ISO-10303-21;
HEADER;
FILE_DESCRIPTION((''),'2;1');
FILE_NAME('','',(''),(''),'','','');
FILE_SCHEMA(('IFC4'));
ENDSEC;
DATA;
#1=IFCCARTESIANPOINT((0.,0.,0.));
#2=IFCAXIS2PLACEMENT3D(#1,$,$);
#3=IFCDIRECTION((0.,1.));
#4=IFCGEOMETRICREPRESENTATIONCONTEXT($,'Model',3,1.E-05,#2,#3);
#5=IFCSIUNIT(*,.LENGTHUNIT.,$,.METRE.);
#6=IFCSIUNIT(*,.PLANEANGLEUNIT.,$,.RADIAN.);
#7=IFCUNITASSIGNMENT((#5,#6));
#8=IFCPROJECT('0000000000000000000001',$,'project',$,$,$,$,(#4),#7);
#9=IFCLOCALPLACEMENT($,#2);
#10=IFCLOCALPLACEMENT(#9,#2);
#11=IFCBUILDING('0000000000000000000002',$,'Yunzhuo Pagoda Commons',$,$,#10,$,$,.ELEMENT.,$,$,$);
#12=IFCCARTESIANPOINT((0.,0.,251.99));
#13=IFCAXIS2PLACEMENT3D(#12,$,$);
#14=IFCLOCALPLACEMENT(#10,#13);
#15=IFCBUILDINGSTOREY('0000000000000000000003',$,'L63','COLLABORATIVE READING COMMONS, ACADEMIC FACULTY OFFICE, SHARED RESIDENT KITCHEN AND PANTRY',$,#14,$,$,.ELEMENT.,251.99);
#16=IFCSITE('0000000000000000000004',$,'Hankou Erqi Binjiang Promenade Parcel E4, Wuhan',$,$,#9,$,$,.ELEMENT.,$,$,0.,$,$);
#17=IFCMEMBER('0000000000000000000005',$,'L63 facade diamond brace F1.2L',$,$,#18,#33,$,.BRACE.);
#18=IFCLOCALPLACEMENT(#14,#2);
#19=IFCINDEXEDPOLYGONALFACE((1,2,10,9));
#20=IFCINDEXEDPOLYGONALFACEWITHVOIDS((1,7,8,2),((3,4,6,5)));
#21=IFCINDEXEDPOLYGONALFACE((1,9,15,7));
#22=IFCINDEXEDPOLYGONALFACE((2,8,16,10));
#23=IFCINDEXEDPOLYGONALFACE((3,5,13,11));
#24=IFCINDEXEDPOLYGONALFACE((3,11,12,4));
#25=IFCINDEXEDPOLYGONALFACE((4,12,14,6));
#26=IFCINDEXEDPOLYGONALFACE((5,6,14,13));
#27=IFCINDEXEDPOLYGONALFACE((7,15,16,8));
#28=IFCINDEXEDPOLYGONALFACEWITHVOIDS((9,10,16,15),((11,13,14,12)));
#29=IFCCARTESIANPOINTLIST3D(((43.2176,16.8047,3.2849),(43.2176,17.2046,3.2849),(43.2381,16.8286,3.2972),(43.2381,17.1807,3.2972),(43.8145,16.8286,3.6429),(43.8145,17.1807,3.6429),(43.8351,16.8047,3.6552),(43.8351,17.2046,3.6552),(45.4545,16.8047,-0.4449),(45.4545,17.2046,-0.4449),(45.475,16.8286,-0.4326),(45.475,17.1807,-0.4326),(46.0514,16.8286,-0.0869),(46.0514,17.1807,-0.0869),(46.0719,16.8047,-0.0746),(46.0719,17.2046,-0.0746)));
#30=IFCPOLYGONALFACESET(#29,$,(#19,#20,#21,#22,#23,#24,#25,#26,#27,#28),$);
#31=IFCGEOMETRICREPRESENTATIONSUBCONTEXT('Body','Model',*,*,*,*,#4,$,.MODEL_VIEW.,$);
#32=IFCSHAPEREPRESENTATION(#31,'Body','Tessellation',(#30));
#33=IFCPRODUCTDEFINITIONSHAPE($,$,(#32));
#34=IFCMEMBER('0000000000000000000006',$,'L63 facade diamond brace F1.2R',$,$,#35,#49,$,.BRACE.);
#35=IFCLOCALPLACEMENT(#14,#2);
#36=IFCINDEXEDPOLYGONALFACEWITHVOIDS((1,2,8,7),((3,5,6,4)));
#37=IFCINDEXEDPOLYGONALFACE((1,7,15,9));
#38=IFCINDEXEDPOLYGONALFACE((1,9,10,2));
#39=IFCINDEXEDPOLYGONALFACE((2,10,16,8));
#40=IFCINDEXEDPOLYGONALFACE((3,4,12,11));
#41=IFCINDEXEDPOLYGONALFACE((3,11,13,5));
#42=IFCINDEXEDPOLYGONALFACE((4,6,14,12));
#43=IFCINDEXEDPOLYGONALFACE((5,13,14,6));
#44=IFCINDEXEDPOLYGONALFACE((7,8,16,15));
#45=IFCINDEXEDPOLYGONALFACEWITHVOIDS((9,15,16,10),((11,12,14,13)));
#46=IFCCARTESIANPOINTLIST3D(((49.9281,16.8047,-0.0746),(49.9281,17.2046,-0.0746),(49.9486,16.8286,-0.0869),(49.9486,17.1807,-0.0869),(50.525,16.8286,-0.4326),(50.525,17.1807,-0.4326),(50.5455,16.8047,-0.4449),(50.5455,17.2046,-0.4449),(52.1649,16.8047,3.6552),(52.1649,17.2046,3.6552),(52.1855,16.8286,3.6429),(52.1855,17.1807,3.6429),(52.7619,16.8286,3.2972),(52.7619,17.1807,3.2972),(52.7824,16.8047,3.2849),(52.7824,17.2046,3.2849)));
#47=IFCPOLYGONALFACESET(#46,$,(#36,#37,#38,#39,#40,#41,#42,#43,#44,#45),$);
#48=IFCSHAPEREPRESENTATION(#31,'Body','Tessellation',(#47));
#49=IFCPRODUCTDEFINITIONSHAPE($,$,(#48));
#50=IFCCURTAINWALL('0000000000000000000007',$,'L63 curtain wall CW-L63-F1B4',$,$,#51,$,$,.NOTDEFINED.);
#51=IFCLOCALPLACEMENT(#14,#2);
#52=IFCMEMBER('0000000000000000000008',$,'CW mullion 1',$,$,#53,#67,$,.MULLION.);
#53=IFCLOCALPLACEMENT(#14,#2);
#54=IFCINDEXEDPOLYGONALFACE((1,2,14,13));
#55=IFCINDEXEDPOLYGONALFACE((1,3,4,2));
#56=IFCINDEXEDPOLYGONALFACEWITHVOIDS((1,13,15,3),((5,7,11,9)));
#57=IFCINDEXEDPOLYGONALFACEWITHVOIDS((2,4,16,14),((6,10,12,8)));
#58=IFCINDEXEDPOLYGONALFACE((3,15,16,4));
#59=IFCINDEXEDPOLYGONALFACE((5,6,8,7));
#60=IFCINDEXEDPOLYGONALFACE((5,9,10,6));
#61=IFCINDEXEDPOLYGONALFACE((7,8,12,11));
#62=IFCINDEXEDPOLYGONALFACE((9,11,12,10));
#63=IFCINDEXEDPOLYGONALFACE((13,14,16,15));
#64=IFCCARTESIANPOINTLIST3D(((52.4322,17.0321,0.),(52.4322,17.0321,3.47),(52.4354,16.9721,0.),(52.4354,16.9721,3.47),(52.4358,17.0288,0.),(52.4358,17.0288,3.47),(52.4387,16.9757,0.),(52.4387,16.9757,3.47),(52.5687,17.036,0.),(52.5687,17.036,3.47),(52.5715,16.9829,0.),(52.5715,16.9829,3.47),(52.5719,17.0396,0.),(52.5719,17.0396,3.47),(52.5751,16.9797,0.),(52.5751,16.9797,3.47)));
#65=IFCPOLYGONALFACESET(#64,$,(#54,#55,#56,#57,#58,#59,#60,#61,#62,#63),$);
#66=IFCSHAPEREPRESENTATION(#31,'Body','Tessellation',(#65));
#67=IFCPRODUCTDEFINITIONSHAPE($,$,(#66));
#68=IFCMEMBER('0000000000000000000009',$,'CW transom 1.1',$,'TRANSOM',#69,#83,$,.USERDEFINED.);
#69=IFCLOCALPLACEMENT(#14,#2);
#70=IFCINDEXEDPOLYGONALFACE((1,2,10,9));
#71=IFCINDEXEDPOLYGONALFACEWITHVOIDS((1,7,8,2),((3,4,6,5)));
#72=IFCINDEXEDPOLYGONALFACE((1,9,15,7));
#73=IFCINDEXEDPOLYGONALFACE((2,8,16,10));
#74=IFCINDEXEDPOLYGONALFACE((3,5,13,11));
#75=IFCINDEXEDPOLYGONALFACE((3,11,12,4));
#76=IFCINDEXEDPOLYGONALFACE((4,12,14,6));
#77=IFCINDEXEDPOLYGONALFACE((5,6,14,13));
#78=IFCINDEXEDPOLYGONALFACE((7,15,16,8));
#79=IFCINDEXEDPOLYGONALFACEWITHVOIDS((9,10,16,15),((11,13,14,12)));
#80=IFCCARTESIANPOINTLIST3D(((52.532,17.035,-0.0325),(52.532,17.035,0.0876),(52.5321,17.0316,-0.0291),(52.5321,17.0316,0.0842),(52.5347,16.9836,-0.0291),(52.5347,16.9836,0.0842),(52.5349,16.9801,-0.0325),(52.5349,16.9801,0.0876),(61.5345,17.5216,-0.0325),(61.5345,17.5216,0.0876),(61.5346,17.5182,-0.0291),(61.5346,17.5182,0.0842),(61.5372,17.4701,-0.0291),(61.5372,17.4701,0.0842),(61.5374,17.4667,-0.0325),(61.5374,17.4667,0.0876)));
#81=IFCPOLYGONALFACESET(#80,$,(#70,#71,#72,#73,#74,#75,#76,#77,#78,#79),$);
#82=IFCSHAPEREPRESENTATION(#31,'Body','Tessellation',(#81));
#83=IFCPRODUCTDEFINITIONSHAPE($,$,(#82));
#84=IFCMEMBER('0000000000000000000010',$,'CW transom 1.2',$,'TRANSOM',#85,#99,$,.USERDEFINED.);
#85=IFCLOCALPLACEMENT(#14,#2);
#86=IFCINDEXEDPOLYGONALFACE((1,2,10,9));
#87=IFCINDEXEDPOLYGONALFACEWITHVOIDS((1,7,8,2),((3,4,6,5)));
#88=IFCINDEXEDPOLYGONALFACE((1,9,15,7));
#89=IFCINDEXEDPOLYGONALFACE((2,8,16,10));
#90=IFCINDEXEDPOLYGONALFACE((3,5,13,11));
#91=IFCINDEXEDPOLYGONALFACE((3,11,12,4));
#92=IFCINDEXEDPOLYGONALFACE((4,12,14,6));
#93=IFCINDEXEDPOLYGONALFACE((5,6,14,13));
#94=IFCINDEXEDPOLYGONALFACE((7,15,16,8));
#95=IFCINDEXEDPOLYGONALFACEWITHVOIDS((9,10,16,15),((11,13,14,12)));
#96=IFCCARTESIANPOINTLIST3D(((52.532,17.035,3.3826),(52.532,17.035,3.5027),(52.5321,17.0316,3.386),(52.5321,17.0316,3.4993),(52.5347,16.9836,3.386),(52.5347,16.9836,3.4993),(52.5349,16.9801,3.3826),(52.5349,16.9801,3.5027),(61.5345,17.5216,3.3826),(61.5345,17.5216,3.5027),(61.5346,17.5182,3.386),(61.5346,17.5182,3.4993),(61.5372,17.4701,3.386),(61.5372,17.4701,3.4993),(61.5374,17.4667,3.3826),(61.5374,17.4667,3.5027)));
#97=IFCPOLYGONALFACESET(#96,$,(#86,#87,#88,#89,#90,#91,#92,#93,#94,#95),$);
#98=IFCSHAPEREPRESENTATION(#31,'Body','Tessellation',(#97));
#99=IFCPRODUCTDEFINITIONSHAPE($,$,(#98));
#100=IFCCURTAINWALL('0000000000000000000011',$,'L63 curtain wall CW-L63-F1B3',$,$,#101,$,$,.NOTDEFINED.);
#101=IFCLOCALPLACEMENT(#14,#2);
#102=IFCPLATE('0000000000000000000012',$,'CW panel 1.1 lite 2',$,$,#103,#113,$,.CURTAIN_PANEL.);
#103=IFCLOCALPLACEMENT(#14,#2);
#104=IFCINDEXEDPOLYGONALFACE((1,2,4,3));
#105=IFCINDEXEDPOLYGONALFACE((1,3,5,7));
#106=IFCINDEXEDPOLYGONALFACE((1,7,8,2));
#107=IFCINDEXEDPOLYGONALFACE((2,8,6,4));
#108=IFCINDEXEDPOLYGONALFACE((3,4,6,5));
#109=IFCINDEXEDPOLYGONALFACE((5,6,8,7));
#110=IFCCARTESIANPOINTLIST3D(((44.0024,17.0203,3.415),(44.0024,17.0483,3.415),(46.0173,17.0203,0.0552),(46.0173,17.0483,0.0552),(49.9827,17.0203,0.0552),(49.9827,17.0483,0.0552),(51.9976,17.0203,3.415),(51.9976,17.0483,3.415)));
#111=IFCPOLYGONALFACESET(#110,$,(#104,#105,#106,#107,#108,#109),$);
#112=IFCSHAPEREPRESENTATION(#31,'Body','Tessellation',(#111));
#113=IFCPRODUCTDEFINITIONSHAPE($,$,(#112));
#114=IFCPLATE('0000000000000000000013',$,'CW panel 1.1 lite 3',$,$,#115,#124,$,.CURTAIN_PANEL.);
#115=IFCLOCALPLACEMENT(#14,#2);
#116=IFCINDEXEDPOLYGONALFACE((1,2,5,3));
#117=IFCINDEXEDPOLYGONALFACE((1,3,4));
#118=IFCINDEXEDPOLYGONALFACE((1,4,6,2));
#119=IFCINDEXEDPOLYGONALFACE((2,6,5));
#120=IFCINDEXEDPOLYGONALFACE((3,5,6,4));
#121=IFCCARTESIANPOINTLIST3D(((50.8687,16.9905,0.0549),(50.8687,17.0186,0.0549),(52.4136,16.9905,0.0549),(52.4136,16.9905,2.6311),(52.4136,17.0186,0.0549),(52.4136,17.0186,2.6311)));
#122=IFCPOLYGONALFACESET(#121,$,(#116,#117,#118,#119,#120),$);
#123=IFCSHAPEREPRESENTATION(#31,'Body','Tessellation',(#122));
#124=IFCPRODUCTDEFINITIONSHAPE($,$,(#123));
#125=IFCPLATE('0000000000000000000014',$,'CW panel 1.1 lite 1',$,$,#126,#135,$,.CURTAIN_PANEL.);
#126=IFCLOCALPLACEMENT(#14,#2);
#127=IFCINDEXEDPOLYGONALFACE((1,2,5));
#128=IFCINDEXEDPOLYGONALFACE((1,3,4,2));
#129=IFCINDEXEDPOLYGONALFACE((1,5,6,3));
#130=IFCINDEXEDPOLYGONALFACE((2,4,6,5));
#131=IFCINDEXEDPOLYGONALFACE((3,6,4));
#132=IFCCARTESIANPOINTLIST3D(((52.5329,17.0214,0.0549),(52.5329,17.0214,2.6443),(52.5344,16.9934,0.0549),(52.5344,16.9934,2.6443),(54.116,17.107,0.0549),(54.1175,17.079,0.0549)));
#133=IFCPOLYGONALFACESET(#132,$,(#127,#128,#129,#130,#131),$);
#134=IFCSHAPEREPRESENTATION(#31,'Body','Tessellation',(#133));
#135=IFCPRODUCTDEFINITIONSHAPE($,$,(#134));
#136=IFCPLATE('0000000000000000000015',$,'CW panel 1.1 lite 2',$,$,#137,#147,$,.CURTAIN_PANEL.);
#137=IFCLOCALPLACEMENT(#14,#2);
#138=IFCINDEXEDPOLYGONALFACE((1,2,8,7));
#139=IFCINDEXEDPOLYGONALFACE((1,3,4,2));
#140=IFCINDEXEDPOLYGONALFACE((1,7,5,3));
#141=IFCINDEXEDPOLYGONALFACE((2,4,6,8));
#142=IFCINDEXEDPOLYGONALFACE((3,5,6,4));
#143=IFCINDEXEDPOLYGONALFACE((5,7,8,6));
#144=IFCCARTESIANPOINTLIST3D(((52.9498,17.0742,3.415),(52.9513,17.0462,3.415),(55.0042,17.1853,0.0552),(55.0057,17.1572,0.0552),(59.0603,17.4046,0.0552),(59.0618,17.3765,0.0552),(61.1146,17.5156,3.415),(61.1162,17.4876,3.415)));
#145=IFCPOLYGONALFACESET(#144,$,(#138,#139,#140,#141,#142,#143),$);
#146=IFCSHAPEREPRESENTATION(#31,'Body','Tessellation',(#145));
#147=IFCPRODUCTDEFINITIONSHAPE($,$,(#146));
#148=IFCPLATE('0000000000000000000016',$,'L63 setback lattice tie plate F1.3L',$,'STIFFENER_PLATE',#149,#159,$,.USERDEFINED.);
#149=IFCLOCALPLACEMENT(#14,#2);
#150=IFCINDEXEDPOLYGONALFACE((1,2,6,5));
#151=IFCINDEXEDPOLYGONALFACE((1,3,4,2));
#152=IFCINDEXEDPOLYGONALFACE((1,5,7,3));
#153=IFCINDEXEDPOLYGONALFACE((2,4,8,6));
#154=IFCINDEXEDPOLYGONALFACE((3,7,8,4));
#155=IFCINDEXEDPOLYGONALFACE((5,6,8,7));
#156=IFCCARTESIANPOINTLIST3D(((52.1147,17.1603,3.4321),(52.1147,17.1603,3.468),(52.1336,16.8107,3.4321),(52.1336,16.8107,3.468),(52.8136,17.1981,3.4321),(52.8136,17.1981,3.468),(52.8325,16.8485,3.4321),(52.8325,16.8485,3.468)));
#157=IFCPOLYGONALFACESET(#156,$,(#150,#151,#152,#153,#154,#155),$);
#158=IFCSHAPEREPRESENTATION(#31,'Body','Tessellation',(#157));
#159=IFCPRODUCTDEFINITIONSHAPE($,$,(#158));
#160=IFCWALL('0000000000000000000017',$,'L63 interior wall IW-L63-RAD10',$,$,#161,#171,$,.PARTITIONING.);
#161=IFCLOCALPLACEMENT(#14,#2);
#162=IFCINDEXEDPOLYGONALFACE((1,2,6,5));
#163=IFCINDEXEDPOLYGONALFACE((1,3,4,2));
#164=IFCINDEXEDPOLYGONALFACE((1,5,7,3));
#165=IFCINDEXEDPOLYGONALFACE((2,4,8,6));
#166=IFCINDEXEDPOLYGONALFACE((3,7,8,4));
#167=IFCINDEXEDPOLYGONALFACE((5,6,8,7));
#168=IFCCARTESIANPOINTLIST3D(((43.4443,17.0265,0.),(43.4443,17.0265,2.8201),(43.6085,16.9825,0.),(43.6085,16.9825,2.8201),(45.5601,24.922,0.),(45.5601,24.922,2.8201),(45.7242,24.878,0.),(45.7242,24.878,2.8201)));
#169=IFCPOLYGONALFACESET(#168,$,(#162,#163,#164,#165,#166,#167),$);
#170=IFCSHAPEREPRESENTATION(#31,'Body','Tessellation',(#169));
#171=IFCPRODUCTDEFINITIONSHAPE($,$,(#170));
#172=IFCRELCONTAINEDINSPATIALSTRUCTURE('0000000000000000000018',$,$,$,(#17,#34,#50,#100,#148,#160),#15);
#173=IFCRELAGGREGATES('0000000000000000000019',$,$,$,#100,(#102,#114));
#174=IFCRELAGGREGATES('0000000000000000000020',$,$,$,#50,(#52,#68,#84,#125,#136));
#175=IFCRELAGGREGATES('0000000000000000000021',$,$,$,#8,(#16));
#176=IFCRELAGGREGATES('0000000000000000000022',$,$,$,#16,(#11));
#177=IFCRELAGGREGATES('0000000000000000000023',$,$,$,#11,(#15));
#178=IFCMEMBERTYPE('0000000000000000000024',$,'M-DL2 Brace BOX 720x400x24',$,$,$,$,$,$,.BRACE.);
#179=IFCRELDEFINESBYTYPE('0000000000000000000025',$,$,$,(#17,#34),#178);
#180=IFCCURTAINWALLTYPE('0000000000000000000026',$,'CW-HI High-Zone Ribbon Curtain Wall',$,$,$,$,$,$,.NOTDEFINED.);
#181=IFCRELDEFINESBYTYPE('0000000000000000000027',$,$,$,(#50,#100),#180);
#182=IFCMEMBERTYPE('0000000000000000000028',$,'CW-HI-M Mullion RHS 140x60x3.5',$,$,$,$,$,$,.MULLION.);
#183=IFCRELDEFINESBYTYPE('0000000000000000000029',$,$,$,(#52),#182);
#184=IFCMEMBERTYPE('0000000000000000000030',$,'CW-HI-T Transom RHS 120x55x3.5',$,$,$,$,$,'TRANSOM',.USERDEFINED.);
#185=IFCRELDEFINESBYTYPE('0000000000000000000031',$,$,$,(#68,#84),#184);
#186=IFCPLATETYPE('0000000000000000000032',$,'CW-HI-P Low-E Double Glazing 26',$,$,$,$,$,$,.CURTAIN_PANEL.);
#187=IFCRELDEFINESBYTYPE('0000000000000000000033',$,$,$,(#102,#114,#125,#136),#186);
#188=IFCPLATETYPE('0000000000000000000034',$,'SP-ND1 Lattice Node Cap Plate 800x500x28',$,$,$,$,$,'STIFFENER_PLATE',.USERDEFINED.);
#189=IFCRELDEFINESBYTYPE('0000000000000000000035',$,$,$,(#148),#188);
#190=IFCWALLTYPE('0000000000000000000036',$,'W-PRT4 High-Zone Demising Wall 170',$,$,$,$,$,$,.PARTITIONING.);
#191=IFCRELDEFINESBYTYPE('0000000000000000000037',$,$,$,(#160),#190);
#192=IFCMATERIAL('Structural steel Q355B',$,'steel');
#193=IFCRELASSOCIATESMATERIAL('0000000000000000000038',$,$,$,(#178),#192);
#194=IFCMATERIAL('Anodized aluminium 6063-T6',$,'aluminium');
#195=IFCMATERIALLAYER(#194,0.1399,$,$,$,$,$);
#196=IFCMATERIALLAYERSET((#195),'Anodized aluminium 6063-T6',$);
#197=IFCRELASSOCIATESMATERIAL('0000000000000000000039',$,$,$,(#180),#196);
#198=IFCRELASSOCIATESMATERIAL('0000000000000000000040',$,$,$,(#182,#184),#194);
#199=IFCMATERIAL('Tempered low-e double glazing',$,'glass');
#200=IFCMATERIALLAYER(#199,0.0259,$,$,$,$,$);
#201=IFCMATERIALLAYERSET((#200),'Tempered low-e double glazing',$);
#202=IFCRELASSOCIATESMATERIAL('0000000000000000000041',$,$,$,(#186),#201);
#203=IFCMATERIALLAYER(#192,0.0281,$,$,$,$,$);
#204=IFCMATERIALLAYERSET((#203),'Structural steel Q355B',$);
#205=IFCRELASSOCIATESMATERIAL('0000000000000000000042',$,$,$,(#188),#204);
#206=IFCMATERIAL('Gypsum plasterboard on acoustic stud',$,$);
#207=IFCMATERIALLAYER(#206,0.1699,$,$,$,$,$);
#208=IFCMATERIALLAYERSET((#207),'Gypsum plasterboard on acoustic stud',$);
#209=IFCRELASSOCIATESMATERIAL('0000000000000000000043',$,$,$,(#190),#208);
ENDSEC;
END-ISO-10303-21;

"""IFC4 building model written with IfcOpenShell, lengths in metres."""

from ifc_helpers import new_model, si_unit, direction, frame, frame_2d, origin, origin_2d, place, context, subcontext, project, spatial, polyline, rectangle, hollow_rectangle, outline, extrude, source, transform, mapped, material, layer, layer_set, material_profile, profile_set, type_object, element, aggregate, save


model = new_model("IFC4")

# Units and contexts
model_context = context("Model", 3, precision=1e-05, world=origin(), true_north=direction((0.0, 1.0)))
body_context = subcontext(model_context, "Body", "Model", "MODEL_VIEW")
ifc_project = project(units=[si_unit("LENGTHUNIT", "METRE"), si_unit("PLANEANGLEUNIT", "RADIAN")], contexts=[model_context])

# Site, building, storey
site_placement = place(None, origin())
site = spatial("IfcSite", under=ifc_project, at=site_placement, Name="Hankou Erqi Binjiang Promenade Parcel E4, Wuhan", CompositionType="ELEMENT", RefElevation=0.0)
building_placement = place(site_placement, origin())
building = spatial("IfcBuilding", under=site, at=building_placement, Name="Yunzhuo Pagoda Commons", CompositionType="ELEMENT")
storey_placement = place(building_placement, frame((0.0, 0.0, 251.99)))
storey = spatial("IfcBuildingStorey", under=building, at=storey_placement, Name="L63", Description="COLLABORATIVE READING COMMONS, ACADEMIC FACULTY OFFICE, SHARED RESIDENT KITCHEN AND PANTRY", CompositionType="ELEMENT", Elevation=251.99)

# Shared definitions
ifc_material_1 = material(Name="Structural steel Q355B", Category="steel")

# Members
ifc_material_profile_1 = material_profile(ifc_material_1, hollow_rectangle(XDim=0.3999, YDim=0.72, WallThickness=0.0239, at=origin_2d()), Name="Structural steel Q355B")
ifc_profile_set_1 = profile_set([ifc_material_profile_1], Name="Structural steel Q355B")
member_type_1 = type_object("IfcMemberType", Name="M-DL2 Brace BOX 720x400x24", PredefinedType="BRACE", material=ifc_profile_set_1)
shared_shape_1 = source(origin(), body_context, "Body", "SweptSolid", [
    extrude(hollow_rectangle(XDim=0.3999, YDim=0.72, WallThickness=0.0239, at=origin_2d()), origin(), (0.0, 0.0, 1.0), 4.3491),
])
for number, where, z_axis, x_axis, name in (
    (1, (45.7632, 17.0046, -0.2598), (-0.514322, 0.0, 0.857597), (0.0, -1.0, 0.0), "L63 facade diamond brace F1.2L"),
    (2, (50.2368, 17.0046, -0.2598), (0.514322, 0.0, 0.857597), (0.0, 1.0, 0.0), "L63 facade diamond brace F1.2R"),
):
    element("IfcMember", number, at=place(storey_placement, frame(where, z_axis=z_axis, x_axis=x_axis)), inside=storey, type_object=member_type_1, Name=name, PredefinedType="BRACE", context=body_context, shape_type="MappedRepresentation", body=[
        mapped(shared_shape_1, transform((0.0, 0.0, 0.0), scale=1.0)),
    ])

# Curtain wall, members
ifc_material_2 = material(Name="Anodized aluminium 6063-T6", Category="aluminium")
ifc_layer_1 = layer(ifc_material_2, 0.1399)
ifc_layer_set_1 = layer_set([ifc_layer_1], Name="Anodized aluminium 6063-T6")
curtain_wall_type = type_object("IfcCurtainWallType", Name="CW-HI High-Zone Ribbon Curtain Wall", PredefinedType="NOTDEFINED", material=ifc_layer_set_1)
curtain_wall_1_placement = place(storey_placement, origin())
curtain_wall_1 = element("IfcCurtainWall", 3, at=curtain_wall_1_placement, inside=storey, type_object=curtain_wall_type, Name="L63 curtain wall CW-L63-F1B4", PredefinedType="NOTDEFINED")
ifc_material_profile_2 = material_profile(ifc_material_2, hollow_rectangle(XDim=0.0601, YDim=0.1399, WallThickness=0.0034, at=origin_2d()), Name="Anodized aluminium 6063-T6")
ifc_profile_set_2 = profile_set([ifc_material_profile_2], Name="Anodized aluminium 6063-T6")
member_type_2 = type_object("IfcMemberType", Name="CW-HI-M Mullion RHS 140x60x3.5", PredefinedType="MULLION", material=ifc_profile_set_2)
shared_shape_2 = source(origin(), body_context, "Body", "SweptSolid", [
    extrude(hollow_rectangle(XDim=0.0601, YDim=0.1399, WallThickness=0.0034, at=origin_2d()), origin(), (0.0, 0.0, 1.0), 3.47),
])
member_1_placement = place(storey_placement, frame((52.5037, 17.0059, 0.0), z_axis=(0.0, 0.0, 1.0), x_axis=(-0.053989, 0.998542, 0.0)))
member_1 = element("IfcMember", 4, at=member_1_placement, type_object=member_type_2, Name="CW mullion 1", PredefinedType="MULLION", context=body_context, shape_type="MappedRepresentation", body=[
    mapped(shared_shape_2, transform((0.0, 0.0, 0.0), scale=1.0)),
])
ifc_material_profile_3 = material_profile(ifc_material_2, hollow_rectangle(XDim=0.0549, YDim=0.1201, WallThickness=0.0034, at=origin_2d()), Name="Anodized aluminium 6063-T6")
ifc_profile_set_3 = profile_set([ifc_material_profile_3], Name="Anodized aluminium 6063-T6")
member_type_3 = type_object("IfcMemberType", Name="CW-HI-T Transom RHS 120x55x3.5", ElementType="TRANSOM", PredefinedType="USERDEFINED", material=ifc_profile_set_3)
shared_shape_3 = source(origin(), body_context, "Body", "SweptSolid", [
    extrude(hollow_rectangle(XDim=0.0549, YDim=0.1201, WallThickness=0.0034, at=origin_2d()), origin(), (0.0, 0.0, 1.0), 9.0156),
])
member_2_placement = place(storey_placement, frame((52.5334, 17.0076, 0.0276), z_axis=(0.998543, 0.05397, 0.0), x_axis=(-0.05397, 0.998543, 0.0)))
member_2 = element("IfcMember", 5, at=member_2_placement, type_object=member_type_3, Name="CW transom 1.1", ObjectType="TRANSOM", PredefinedType="USERDEFINED", context=body_context, shape_type="MappedRepresentation", body=[
    mapped(shared_shape_3, transform((0.0, 0.0, 0.0), scale=1.0)),
])
member_3_placement = place(storey_placement, frame((52.5334, 17.0076, 3.4426), z_axis=(0.998543, 0.05397, 0.0), x_axis=(-0.05397, 0.998543, 0.0)))
member_3 = element("IfcMember", 6, at=member_3_placement, type_object=member_type_3, Name="CW transom 1.2", ObjectType="TRANSOM", PredefinedType="USERDEFINED", context=body_context, shape_type="MappedRepresentation", body=[
    mapped(shared_shape_3, transform((0.0, 0.0, 0.0), scale=1.0)),
])

# Curtain wall, plates
curtain_wall_2_placement = place(storey_placement, origin())
curtain_wall_2 = element("IfcCurtainWall", 7, at=curtain_wall_2_placement, inside=storey, type_object=curtain_wall_type, Name="L63 curtain wall CW-L63-F1B3", PredefinedType="NOTDEFINED")
ifc_material_3 = material(Name="Tempered low-e double glazing", Category="glass")
ifc_layer_2 = layer(ifc_material_3, 0.0259)
ifc_layer_set_2 = layer_set([ifc_layer_2], Name="Tempered low-e double glazing")
plate_type_1 = type_object("IfcPlateType", Name="CW-HI-P Low-E Double Glazing 26", PredefinedType="CURTAIN_PANEL", material=ifc_layer_set_2)
plate_1_placement = place(storey_placement, frame((48.0, 17.0483, 1.7351), z_axis=(0.0, -1.0, 0.0), x_axis=(1.0, 0.0, 0.0)))
plate_1 = element("IfcPlate", 8, at=plate_1_placement, type_object=plate_type_1, Name="CW panel 1.1 lite 2", PredefinedType="CURTAIN_PANEL", context=body_context, shape_type="SweptSolid", body=[
    extrude(outline(polyline([(-3.9976, 1.6799), (-1.9827, -1.6799), (1.9827, -1.6799), (3.9976, 1.6799), (-3.9976, 1.6799)])), origin(), (0.0, 0.0, 1.0), 0.0281),
])
plate_2_placement = place(storey_placement, frame((51.6411, 17.0186, 1.343), z_axis=(0.0, -1.0, 0.0), x_axis=(1.0, 0.0, 0.0)))
plate_2 = element("IfcPlate", 9, at=plate_2_placement, type_object=plate_type_1, Name="CW panel 1.1 lite 3", PredefinedType="CURTAIN_PANEL", context=body_context, shape_type="SweptSolid", body=[
    extrude(outline(polyline([(-0.7725, -1.2881), (0.7725, -1.2881), (0.7725, 1.2881), (-0.7725, -1.2881)])), origin(), (0.0, 0.0, 1.0), 0.0281),
])
aggregate(curtain_wall_2, [plate_1, plate_2])

# Plates
plate_3_placement = place(storey_placement, frame((53.3245, 17.0642, 1.3496), z_axis=(0.053989, -0.998542, 0.0), x_axis=(0.998542, 0.053989, 0.0)))
plate_3 = element("IfcPlate", 10, at=plate_3_placement, type_object=plate_type_1, Name="CW panel 1.1 lite 1", PredefinedType="CURTAIN_PANEL", context=body_context, shape_type="SweptSolid", body=[
    extrude(outline(polyline([(-0.7927, -1.2947), (0.7927, -1.2947), (-0.7927, 1.2947), (-0.7927, -1.2947)])), origin(), (0.0, 0.0, 1.0), 0.0281),
])
plate_4_placement = place(storey_placement, frame((57.0322, 17.2949, 1.7351), z_axis=(0.053989, -0.998542, 0.0), x_axis=(0.998542, 0.053989, 0.0)))
plate_4 = element("IfcPlate", 11, at=plate_4_placement, type_object=plate_type_1, Name="CW panel 1.1 lite 2", PredefinedType="CURTAIN_PANEL", context=body_context, shape_type="SweptSolid", body=[
    extrude(outline(polyline([(-4.0884, 1.6799), (-2.031, -1.6799), (2.031, -1.6799), (4.0884, 1.6799), (-4.0884, 1.6799)])), origin(), (0.0, 0.0, 1.0), 0.0281),
])
aggregate(curtain_wall_1, [member_1, member_2, member_3, plate_3, plate_4])
ifc_layer_3 = layer(ifc_material_1, 0.0281)
ifc_layer_set_3 = layer_set([ifc_layer_3], Name="Structural steel Q355B")
plate_type_2 = type_object("IfcPlateType", Name="SP-ND1 Lattice Node Cap Plate 800x500x28", ElementType="STIFFENER_PLATE", PredefinedType="USERDEFINED", material=ifc_layer_set_3)
shared_shape_4 = source(origin(), body_context, "Body", "SweptSolid", [
    extrude(rectangle(XDim=0.7, YDim=0.3501, at=origin_2d()), origin(), (0.0, 0.0, 1.0), 0.0359),
])
plate_5_placement = place(storey_placement, frame((52.4736, 17.0044, 3.4321), z_axis=(0.0, 0.0, 1.0), x_axis=(0.998541, 0.053992, 0.0)))
element("IfcPlate", 12, at=plate_5_placement, inside=storey, type_object=plate_type_2, Name="L63 setback lattice tie plate F1.3L", ObjectType="STIFFENER_PLATE", PredefinedType="USERDEFINED", context=body_context, shape_type="MappedRepresentation", body=[
    mapped(shared_shape_4, transform((0.0, 0.0, 0.0), scale=1.0)),
])

# Wall
ifc_material_4 = material(Name="Gypsum plasterboard on acoustic stud")
ifc_layer_4 = layer(ifc_material_4, 0.1699)
ifc_layer_set_4 = layer_set([ifc_layer_4], Name="Gypsum plasterboard on acoustic stud")
wall_type = type_object("IfcWallType", Name="W-PRT4 High-Zone Demising Wall 170", PredefinedType="PARTITIONING", material=ifc_layer_set_4)
wall_placement = place(storey_placement, frame((45.6421, 24.8999, 0.0), z_axis=(0.0, 0.0, 1.0), x_axis=(-0.258834, -0.965922, 0.0)))
element("IfcWall", 13, at=wall_placement, inside=storey, type_object=wall_type, Name="L63 interior wall IW-L63-RAD10", PredefinedType="PARTITIONING", context=body_context, shape_type="SweptSolid", body=[
    extrude(rectangle(XDim=8.1741, YDim=0.1699, at=frame_2d((4.0869, 0.0))), origin(), (0.0, 0.0, 1.0), 2.8201),
])

save(model, "model.ifc")
